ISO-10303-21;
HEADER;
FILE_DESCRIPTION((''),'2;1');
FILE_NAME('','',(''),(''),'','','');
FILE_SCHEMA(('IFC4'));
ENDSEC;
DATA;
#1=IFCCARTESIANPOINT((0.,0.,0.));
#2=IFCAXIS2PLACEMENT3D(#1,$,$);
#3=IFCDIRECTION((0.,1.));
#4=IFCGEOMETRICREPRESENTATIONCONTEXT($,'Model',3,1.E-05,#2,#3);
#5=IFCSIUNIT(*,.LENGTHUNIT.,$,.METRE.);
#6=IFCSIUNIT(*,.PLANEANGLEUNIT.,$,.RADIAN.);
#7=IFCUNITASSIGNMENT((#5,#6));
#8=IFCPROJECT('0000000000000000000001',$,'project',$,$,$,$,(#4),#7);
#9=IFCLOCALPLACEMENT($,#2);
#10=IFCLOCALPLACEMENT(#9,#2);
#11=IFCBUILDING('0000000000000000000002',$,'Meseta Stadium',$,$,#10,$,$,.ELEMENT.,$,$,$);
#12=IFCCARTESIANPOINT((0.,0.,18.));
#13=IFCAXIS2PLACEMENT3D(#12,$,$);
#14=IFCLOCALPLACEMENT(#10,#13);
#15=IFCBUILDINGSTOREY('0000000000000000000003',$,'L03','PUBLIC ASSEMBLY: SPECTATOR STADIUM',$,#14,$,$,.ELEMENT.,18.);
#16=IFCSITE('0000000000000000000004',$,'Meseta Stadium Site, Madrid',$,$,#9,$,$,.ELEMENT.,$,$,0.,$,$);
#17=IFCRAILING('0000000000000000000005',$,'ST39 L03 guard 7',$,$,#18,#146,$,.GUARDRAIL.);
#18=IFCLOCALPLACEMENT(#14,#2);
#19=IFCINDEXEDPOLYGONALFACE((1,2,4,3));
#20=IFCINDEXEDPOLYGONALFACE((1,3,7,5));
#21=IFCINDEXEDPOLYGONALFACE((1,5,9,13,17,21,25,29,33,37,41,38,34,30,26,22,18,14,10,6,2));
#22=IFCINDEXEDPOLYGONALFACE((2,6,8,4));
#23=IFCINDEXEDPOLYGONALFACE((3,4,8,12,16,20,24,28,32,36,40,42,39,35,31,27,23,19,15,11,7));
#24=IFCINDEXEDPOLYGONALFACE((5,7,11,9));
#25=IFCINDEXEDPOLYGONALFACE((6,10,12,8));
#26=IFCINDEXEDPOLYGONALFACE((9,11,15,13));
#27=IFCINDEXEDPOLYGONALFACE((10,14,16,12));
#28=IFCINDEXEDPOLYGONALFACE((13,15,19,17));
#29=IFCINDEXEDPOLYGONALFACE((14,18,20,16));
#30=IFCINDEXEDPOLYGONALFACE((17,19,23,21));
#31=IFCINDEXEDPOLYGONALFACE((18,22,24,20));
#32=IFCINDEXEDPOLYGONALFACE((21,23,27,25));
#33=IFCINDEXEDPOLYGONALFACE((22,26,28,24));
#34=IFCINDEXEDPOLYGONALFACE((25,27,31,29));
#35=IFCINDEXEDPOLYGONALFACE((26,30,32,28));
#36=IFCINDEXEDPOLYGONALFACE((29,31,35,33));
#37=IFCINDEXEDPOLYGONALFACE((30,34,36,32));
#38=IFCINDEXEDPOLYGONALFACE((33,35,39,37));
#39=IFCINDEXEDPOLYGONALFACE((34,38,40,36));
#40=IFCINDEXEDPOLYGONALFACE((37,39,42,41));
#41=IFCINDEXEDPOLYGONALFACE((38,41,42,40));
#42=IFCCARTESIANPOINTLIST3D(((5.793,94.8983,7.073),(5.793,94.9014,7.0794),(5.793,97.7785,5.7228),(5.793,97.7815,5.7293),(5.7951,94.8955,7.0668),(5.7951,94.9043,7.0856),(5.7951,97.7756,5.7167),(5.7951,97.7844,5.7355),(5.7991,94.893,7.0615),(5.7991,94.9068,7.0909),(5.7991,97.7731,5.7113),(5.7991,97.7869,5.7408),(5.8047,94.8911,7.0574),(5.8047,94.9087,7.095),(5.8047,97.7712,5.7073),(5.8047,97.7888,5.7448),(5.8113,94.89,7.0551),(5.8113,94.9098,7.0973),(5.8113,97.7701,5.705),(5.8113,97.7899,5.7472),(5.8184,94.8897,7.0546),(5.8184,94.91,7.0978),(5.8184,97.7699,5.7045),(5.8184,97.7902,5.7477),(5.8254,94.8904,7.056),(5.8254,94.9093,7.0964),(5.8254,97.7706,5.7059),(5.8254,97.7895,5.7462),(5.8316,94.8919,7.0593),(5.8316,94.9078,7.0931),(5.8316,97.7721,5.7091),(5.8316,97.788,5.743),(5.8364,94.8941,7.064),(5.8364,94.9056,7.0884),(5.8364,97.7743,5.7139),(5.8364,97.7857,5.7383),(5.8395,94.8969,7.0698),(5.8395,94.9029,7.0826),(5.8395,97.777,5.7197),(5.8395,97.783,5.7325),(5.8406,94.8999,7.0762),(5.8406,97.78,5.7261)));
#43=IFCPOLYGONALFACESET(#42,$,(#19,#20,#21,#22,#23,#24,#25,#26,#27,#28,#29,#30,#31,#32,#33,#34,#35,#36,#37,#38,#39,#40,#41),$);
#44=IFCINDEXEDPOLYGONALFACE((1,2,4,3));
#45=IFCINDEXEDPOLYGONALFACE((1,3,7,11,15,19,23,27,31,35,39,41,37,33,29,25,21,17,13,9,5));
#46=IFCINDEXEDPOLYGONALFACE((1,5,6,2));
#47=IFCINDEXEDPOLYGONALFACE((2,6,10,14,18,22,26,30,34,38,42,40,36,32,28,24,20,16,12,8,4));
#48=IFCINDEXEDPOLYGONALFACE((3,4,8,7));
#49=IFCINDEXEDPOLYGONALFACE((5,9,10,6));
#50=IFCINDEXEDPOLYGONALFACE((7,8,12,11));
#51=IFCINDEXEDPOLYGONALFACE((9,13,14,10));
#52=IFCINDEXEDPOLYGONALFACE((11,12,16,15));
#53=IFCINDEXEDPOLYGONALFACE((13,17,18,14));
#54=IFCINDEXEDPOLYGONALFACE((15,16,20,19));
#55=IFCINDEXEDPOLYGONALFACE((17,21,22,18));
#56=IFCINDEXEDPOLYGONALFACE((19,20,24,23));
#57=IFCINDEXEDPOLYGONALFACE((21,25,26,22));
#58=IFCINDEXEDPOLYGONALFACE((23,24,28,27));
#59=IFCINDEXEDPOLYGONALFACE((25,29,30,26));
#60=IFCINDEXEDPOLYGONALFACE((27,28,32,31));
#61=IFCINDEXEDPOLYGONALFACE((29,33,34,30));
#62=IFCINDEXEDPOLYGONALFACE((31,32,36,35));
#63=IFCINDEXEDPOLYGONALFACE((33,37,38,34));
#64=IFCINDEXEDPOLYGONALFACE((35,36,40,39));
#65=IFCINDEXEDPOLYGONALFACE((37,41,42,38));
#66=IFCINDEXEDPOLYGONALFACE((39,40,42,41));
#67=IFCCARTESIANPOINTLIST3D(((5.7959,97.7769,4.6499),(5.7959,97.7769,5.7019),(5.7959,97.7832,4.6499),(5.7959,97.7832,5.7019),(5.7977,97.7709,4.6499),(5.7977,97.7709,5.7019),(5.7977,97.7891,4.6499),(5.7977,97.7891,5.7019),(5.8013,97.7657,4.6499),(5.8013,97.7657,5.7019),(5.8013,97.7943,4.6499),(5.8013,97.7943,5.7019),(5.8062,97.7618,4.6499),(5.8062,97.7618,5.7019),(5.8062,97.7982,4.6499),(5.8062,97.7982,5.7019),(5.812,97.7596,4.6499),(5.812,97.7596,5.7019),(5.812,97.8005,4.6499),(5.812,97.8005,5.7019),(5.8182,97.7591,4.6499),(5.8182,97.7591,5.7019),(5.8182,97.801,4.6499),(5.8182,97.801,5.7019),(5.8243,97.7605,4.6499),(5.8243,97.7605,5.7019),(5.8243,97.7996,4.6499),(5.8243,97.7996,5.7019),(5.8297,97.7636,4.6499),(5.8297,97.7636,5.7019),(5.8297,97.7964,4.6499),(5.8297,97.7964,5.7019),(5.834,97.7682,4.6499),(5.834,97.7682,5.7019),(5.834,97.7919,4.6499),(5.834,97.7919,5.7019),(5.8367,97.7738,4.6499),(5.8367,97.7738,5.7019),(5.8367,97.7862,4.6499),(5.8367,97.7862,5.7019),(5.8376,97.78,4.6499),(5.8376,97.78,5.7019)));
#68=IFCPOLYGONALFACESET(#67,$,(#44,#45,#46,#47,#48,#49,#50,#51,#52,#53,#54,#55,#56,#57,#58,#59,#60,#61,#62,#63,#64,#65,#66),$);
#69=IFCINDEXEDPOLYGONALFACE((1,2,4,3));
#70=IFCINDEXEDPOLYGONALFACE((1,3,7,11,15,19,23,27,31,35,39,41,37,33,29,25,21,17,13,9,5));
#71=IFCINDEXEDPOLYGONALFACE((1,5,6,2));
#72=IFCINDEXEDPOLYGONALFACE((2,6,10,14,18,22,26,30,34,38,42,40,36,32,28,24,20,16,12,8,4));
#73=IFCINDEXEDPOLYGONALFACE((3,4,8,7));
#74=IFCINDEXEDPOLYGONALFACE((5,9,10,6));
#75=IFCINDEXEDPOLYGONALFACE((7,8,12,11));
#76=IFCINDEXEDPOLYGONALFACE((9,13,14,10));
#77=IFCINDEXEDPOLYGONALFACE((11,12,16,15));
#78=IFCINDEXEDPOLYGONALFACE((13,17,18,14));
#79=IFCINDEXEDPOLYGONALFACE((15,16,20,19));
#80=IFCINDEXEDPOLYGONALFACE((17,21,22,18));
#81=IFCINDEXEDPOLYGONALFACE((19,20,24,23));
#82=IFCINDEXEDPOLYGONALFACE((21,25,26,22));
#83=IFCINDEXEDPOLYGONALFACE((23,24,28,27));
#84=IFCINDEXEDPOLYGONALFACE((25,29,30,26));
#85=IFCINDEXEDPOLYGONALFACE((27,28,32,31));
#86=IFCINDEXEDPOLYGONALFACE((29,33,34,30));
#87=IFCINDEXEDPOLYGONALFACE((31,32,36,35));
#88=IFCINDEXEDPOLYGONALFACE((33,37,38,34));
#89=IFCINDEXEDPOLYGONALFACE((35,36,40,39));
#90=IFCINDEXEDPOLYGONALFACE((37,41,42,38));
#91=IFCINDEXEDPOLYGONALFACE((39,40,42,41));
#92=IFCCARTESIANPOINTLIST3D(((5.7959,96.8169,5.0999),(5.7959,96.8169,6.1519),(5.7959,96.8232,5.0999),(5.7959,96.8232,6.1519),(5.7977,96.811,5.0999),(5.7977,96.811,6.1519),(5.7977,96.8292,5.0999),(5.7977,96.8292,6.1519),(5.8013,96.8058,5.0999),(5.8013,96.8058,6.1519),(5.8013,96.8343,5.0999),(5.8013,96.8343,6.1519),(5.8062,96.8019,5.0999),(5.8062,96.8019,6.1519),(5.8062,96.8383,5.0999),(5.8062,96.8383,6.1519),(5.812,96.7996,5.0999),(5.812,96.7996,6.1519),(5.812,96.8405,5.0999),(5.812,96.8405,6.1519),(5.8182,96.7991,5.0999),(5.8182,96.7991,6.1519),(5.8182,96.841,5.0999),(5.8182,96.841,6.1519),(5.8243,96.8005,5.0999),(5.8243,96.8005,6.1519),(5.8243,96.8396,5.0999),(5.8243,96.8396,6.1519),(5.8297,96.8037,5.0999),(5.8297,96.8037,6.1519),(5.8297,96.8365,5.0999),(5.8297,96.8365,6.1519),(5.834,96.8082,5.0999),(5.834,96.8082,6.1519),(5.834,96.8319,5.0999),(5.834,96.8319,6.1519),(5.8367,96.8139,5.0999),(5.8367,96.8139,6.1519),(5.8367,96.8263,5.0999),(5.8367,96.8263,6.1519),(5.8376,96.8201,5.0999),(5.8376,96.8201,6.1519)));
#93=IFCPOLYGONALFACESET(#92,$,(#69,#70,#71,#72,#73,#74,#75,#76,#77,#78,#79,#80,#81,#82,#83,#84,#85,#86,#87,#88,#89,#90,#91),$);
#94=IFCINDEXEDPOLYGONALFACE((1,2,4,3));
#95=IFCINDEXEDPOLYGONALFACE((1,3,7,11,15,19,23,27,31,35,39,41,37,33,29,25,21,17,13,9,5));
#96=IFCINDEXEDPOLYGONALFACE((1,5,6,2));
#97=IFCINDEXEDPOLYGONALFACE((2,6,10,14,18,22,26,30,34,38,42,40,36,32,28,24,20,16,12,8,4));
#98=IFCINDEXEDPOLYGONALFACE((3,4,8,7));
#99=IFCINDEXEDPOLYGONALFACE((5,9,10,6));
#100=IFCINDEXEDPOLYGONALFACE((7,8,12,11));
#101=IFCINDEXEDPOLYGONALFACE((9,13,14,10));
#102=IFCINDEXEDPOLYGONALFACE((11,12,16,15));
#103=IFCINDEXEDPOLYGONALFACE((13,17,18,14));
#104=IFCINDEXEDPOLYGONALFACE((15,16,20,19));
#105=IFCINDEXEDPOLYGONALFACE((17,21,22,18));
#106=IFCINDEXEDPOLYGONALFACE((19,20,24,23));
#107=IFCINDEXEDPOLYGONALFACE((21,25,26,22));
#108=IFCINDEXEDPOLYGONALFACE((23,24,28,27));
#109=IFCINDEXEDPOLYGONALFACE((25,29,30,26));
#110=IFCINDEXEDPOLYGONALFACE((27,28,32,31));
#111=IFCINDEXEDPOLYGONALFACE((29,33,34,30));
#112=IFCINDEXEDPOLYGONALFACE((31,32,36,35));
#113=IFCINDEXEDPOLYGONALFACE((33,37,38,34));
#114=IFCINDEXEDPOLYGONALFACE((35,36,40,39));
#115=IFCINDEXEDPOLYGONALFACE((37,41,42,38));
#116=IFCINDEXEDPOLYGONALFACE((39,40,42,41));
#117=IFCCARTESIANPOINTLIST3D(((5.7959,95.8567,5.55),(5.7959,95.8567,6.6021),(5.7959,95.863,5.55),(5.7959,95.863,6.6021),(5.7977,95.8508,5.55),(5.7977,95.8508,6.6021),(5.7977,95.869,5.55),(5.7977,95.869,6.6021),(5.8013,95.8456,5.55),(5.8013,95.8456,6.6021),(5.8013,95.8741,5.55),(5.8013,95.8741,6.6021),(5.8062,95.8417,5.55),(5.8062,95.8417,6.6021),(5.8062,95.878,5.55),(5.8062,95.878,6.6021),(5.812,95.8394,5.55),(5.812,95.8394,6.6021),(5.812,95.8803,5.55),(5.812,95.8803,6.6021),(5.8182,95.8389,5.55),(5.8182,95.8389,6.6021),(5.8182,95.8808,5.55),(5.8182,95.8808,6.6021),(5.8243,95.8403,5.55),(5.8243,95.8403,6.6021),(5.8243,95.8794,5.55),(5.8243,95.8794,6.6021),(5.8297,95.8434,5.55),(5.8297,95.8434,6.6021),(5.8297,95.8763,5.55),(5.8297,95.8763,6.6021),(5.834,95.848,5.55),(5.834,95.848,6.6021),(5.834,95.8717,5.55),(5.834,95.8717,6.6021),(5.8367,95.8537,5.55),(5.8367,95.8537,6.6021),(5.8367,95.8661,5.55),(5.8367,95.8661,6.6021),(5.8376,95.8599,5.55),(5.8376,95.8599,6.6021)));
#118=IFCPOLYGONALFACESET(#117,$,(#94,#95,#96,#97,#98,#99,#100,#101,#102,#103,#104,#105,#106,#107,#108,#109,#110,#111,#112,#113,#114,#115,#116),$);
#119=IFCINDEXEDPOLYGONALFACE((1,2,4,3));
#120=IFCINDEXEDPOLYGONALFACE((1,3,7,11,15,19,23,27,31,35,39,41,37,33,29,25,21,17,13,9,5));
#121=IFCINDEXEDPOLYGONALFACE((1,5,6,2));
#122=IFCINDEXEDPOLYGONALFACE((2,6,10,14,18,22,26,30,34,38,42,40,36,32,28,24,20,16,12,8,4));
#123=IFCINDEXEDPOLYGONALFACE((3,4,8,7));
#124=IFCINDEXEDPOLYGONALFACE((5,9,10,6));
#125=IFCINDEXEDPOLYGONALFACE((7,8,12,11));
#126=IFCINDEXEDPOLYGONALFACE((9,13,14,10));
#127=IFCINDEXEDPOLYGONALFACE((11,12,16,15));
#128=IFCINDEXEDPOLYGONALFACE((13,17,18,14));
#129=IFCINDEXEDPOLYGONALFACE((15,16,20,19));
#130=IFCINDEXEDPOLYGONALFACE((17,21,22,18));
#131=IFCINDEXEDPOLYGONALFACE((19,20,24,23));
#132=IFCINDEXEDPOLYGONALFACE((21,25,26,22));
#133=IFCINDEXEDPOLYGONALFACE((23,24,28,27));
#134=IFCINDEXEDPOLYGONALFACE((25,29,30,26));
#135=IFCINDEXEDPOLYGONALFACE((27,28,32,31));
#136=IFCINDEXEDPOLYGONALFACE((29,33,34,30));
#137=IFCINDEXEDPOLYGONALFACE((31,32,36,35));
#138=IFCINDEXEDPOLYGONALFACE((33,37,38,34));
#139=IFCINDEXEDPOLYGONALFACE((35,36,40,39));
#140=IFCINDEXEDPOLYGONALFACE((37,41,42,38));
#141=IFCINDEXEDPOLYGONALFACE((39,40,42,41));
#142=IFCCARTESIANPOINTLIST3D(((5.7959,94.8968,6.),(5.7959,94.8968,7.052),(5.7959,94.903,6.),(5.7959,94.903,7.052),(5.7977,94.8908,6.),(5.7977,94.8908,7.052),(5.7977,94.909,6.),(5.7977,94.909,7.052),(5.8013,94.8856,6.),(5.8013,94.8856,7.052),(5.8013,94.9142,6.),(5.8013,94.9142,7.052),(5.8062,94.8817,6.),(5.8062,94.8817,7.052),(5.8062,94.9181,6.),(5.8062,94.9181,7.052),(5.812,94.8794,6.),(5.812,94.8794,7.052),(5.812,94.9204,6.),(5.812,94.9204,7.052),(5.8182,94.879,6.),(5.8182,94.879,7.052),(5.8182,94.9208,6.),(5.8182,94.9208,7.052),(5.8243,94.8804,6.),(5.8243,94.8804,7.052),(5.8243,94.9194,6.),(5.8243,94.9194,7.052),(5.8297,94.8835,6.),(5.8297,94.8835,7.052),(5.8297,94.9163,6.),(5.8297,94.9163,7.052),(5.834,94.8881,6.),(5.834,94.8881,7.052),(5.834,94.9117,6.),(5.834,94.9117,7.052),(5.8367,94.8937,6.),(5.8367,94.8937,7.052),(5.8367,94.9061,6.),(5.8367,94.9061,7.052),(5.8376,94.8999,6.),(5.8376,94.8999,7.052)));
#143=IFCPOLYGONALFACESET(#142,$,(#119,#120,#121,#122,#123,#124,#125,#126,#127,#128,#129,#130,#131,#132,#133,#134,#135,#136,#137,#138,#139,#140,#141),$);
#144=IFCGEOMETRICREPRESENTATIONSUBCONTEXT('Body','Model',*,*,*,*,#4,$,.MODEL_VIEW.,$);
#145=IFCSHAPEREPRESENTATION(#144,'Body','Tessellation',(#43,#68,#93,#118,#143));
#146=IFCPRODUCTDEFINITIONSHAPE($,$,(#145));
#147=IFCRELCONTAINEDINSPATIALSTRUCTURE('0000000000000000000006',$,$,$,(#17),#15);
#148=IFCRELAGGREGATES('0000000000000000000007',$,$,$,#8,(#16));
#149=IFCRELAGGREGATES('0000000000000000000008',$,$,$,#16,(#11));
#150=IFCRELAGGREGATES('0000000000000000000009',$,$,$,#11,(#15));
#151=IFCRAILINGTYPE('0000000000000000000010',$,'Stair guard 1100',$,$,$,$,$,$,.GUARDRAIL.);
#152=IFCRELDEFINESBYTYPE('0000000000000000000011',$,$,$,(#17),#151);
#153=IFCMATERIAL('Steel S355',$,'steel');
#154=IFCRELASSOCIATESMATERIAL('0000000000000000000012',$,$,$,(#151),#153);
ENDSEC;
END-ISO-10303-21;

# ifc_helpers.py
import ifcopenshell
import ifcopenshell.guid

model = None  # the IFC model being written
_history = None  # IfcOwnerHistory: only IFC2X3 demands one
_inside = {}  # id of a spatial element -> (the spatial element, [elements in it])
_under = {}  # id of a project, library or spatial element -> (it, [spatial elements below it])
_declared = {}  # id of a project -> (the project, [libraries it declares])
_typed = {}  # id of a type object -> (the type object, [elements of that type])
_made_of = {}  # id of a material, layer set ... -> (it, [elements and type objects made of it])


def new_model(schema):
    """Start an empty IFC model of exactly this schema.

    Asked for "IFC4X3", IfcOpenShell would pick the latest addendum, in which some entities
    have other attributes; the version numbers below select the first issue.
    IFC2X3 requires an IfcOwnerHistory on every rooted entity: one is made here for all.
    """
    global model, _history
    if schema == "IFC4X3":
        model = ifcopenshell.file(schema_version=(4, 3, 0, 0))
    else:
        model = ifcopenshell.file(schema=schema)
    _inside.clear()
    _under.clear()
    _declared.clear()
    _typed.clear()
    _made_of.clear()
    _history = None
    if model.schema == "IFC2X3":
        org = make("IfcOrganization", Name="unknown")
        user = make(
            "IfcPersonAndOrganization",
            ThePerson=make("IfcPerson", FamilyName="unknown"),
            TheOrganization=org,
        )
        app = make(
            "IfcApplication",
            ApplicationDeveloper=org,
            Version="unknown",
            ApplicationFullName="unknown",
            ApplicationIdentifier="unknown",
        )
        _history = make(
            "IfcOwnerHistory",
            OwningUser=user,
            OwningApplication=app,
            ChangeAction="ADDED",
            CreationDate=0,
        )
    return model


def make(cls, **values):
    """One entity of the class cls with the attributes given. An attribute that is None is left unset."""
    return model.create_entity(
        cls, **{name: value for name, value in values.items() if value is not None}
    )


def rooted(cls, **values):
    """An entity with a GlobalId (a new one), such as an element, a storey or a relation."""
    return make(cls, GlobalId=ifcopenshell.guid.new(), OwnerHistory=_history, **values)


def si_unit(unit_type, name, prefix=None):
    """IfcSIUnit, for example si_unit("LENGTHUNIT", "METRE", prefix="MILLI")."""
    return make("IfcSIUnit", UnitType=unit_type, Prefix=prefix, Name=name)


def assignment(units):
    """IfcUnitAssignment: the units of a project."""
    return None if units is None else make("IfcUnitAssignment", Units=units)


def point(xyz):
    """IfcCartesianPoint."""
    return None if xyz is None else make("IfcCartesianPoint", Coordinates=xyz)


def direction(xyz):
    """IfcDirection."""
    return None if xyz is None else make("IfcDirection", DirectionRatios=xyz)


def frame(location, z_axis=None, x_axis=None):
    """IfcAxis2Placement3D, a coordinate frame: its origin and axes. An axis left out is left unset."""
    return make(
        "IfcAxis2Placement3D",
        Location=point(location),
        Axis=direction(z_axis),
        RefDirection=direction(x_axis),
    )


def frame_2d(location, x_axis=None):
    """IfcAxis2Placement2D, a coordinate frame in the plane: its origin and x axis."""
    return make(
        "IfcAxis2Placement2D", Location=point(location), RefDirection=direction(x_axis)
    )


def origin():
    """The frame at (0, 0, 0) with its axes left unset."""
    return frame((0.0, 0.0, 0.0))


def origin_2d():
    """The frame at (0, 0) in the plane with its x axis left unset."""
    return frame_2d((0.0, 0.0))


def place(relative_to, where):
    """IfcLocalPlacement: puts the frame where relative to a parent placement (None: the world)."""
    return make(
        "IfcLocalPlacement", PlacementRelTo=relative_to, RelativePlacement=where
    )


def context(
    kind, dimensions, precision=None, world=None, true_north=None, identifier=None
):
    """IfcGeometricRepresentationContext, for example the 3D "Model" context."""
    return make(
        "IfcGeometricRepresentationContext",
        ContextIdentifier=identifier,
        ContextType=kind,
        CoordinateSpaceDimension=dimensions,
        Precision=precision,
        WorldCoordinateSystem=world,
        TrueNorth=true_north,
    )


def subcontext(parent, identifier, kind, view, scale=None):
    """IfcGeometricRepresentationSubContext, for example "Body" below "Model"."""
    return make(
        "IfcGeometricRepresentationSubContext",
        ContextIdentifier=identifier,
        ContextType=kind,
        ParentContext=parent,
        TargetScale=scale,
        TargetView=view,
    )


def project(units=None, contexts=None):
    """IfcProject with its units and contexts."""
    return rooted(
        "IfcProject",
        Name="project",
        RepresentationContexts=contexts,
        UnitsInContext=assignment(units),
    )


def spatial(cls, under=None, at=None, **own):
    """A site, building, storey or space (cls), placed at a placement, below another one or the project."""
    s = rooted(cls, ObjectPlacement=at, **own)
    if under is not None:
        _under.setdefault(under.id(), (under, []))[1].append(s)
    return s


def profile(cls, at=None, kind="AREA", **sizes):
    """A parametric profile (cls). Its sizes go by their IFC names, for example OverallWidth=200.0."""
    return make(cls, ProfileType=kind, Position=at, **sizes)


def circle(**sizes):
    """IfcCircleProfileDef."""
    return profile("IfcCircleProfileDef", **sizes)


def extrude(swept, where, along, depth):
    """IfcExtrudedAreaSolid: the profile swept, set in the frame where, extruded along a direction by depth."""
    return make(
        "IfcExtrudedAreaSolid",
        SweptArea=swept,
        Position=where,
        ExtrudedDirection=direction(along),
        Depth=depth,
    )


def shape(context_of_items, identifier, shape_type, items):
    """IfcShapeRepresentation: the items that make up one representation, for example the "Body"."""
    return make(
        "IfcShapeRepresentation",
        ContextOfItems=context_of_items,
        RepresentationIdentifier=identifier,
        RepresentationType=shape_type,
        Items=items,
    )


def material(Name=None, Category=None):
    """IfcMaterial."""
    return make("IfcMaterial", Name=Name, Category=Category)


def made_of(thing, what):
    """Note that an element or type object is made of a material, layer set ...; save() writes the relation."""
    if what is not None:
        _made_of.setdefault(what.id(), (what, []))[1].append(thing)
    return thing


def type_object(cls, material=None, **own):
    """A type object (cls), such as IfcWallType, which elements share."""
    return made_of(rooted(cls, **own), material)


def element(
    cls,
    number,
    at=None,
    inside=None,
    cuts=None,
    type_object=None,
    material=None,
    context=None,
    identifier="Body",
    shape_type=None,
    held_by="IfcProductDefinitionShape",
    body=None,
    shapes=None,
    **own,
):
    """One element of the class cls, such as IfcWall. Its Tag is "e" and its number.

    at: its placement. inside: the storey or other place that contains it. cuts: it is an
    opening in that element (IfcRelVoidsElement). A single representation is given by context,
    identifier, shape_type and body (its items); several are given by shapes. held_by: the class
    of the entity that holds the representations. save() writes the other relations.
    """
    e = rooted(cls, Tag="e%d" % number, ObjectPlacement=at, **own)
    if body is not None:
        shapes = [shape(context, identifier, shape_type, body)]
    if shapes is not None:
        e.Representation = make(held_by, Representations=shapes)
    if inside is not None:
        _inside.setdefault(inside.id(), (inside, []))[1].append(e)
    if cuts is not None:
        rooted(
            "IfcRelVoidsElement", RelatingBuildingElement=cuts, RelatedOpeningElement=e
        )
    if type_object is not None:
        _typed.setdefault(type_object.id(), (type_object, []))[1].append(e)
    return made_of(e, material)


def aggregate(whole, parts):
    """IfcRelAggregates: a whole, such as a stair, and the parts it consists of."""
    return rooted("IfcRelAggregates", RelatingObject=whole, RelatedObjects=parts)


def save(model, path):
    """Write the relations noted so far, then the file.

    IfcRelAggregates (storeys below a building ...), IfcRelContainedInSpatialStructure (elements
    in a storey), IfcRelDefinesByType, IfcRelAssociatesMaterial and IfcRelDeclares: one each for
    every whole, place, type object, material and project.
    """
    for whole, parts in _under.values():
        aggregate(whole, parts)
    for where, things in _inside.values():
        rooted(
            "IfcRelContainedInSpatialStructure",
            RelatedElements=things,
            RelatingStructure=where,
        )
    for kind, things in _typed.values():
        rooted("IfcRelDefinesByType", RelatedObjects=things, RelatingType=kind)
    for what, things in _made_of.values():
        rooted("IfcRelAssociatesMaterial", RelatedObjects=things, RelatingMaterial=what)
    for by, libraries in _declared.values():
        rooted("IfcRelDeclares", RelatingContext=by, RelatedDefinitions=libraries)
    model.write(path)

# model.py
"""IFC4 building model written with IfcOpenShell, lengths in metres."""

from ifc_helpers import new_model, si_unit, direction, frame, origin, origin_2d, place, context, subcontext, project, spatial, circle, extrude, material, type_object, element, save


model = new_model("IFC4")

# Units and contexts
model_context = context("Model", 3, precision=1e-05, world=origin(), true_north=direction((0.0, 1.0)))
body_context = subcontext(model_context, "Body", "Model", "MODEL_VIEW")
ifc_project = project(units=[si_unit("LENGTHUNIT", "METRE"), si_unit("PLANEANGLEUNIT", "RADIAN")], contexts=[model_context])

# Site, building, storey
site_placement = place(None, origin())
site = spatial("IfcSite", under=ifc_project, at=site_placement, Name="Meseta Stadium Site, Madrid", CompositionType="ELEMENT", RefElevation=0.0)
building_placement = place(site_placement, origin())
building = spatial("IfcBuilding", under=site, at=building_placement, Name="Meseta Stadium", CompositionType="ELEMENT")
storey_placement = place(building_placement, frame((0.0, 0.0, 18.0)))
storey = spatial("IfcBuildingStorey", under=building, at=storey_placement, Name="L03", Description="PUBLIC ASSEMBLY: SPECTATOR STADIUM", CompositionType="ELEMENT", Elevation=18.0)

# Railing
ifc_material_1 = material(Name="Steel S355", Category="steel")
railing_type_1 = type_object("IfcRailingType", Name="Stair guard 1100", PredefinedType="GUARDRAIL", material=ifc_material_1)
for number, where, name in (
    (1, (5.8167, 97.78, 4.6499), "ST39 L03 guard 7"),
):
    element("IfcRailing", number, at=place(storey_placement, frame(where)), inside=storey, type_object=railing_type_1, Name=name, PredefinedType="GUARDRAIL", context=body_context, shape_type="SweptSolid", body=[
        extrude(circle(Radius=0.0239, at=origin_2d()), frame((0.0, 0.0, 1.0762), z_axis=(0.0, -0.905454, 0.424444), x_axis=(1.0, 0.0, 0.0)), (0.0, 0.0, 1.0), 3.1809),
        extrude(circle(Radius=0.021, at=origin_2d()), origin(), (0.0, 0.0, 1.0), 1.052),
        extrude(circle(Radius=0.021, at=origin_2d()), frame((0.0, -0.96, 0.45)), (0.0, 0.0, 1.0), 1.052),
        extrude(circle(Radius=0.021, at=origin_2d()), frame((0.0, -1.9202, 0.9001)), (0.0, 0.0, 1.0), 1.052),
        extrude(circle(Radius=0.021, at=origin_2d()), frame((0.0, -2.8801, 1.3501)), (0.0, 0.0, 1.0), 1.052),
    ])

save(model, "model.ifc")
